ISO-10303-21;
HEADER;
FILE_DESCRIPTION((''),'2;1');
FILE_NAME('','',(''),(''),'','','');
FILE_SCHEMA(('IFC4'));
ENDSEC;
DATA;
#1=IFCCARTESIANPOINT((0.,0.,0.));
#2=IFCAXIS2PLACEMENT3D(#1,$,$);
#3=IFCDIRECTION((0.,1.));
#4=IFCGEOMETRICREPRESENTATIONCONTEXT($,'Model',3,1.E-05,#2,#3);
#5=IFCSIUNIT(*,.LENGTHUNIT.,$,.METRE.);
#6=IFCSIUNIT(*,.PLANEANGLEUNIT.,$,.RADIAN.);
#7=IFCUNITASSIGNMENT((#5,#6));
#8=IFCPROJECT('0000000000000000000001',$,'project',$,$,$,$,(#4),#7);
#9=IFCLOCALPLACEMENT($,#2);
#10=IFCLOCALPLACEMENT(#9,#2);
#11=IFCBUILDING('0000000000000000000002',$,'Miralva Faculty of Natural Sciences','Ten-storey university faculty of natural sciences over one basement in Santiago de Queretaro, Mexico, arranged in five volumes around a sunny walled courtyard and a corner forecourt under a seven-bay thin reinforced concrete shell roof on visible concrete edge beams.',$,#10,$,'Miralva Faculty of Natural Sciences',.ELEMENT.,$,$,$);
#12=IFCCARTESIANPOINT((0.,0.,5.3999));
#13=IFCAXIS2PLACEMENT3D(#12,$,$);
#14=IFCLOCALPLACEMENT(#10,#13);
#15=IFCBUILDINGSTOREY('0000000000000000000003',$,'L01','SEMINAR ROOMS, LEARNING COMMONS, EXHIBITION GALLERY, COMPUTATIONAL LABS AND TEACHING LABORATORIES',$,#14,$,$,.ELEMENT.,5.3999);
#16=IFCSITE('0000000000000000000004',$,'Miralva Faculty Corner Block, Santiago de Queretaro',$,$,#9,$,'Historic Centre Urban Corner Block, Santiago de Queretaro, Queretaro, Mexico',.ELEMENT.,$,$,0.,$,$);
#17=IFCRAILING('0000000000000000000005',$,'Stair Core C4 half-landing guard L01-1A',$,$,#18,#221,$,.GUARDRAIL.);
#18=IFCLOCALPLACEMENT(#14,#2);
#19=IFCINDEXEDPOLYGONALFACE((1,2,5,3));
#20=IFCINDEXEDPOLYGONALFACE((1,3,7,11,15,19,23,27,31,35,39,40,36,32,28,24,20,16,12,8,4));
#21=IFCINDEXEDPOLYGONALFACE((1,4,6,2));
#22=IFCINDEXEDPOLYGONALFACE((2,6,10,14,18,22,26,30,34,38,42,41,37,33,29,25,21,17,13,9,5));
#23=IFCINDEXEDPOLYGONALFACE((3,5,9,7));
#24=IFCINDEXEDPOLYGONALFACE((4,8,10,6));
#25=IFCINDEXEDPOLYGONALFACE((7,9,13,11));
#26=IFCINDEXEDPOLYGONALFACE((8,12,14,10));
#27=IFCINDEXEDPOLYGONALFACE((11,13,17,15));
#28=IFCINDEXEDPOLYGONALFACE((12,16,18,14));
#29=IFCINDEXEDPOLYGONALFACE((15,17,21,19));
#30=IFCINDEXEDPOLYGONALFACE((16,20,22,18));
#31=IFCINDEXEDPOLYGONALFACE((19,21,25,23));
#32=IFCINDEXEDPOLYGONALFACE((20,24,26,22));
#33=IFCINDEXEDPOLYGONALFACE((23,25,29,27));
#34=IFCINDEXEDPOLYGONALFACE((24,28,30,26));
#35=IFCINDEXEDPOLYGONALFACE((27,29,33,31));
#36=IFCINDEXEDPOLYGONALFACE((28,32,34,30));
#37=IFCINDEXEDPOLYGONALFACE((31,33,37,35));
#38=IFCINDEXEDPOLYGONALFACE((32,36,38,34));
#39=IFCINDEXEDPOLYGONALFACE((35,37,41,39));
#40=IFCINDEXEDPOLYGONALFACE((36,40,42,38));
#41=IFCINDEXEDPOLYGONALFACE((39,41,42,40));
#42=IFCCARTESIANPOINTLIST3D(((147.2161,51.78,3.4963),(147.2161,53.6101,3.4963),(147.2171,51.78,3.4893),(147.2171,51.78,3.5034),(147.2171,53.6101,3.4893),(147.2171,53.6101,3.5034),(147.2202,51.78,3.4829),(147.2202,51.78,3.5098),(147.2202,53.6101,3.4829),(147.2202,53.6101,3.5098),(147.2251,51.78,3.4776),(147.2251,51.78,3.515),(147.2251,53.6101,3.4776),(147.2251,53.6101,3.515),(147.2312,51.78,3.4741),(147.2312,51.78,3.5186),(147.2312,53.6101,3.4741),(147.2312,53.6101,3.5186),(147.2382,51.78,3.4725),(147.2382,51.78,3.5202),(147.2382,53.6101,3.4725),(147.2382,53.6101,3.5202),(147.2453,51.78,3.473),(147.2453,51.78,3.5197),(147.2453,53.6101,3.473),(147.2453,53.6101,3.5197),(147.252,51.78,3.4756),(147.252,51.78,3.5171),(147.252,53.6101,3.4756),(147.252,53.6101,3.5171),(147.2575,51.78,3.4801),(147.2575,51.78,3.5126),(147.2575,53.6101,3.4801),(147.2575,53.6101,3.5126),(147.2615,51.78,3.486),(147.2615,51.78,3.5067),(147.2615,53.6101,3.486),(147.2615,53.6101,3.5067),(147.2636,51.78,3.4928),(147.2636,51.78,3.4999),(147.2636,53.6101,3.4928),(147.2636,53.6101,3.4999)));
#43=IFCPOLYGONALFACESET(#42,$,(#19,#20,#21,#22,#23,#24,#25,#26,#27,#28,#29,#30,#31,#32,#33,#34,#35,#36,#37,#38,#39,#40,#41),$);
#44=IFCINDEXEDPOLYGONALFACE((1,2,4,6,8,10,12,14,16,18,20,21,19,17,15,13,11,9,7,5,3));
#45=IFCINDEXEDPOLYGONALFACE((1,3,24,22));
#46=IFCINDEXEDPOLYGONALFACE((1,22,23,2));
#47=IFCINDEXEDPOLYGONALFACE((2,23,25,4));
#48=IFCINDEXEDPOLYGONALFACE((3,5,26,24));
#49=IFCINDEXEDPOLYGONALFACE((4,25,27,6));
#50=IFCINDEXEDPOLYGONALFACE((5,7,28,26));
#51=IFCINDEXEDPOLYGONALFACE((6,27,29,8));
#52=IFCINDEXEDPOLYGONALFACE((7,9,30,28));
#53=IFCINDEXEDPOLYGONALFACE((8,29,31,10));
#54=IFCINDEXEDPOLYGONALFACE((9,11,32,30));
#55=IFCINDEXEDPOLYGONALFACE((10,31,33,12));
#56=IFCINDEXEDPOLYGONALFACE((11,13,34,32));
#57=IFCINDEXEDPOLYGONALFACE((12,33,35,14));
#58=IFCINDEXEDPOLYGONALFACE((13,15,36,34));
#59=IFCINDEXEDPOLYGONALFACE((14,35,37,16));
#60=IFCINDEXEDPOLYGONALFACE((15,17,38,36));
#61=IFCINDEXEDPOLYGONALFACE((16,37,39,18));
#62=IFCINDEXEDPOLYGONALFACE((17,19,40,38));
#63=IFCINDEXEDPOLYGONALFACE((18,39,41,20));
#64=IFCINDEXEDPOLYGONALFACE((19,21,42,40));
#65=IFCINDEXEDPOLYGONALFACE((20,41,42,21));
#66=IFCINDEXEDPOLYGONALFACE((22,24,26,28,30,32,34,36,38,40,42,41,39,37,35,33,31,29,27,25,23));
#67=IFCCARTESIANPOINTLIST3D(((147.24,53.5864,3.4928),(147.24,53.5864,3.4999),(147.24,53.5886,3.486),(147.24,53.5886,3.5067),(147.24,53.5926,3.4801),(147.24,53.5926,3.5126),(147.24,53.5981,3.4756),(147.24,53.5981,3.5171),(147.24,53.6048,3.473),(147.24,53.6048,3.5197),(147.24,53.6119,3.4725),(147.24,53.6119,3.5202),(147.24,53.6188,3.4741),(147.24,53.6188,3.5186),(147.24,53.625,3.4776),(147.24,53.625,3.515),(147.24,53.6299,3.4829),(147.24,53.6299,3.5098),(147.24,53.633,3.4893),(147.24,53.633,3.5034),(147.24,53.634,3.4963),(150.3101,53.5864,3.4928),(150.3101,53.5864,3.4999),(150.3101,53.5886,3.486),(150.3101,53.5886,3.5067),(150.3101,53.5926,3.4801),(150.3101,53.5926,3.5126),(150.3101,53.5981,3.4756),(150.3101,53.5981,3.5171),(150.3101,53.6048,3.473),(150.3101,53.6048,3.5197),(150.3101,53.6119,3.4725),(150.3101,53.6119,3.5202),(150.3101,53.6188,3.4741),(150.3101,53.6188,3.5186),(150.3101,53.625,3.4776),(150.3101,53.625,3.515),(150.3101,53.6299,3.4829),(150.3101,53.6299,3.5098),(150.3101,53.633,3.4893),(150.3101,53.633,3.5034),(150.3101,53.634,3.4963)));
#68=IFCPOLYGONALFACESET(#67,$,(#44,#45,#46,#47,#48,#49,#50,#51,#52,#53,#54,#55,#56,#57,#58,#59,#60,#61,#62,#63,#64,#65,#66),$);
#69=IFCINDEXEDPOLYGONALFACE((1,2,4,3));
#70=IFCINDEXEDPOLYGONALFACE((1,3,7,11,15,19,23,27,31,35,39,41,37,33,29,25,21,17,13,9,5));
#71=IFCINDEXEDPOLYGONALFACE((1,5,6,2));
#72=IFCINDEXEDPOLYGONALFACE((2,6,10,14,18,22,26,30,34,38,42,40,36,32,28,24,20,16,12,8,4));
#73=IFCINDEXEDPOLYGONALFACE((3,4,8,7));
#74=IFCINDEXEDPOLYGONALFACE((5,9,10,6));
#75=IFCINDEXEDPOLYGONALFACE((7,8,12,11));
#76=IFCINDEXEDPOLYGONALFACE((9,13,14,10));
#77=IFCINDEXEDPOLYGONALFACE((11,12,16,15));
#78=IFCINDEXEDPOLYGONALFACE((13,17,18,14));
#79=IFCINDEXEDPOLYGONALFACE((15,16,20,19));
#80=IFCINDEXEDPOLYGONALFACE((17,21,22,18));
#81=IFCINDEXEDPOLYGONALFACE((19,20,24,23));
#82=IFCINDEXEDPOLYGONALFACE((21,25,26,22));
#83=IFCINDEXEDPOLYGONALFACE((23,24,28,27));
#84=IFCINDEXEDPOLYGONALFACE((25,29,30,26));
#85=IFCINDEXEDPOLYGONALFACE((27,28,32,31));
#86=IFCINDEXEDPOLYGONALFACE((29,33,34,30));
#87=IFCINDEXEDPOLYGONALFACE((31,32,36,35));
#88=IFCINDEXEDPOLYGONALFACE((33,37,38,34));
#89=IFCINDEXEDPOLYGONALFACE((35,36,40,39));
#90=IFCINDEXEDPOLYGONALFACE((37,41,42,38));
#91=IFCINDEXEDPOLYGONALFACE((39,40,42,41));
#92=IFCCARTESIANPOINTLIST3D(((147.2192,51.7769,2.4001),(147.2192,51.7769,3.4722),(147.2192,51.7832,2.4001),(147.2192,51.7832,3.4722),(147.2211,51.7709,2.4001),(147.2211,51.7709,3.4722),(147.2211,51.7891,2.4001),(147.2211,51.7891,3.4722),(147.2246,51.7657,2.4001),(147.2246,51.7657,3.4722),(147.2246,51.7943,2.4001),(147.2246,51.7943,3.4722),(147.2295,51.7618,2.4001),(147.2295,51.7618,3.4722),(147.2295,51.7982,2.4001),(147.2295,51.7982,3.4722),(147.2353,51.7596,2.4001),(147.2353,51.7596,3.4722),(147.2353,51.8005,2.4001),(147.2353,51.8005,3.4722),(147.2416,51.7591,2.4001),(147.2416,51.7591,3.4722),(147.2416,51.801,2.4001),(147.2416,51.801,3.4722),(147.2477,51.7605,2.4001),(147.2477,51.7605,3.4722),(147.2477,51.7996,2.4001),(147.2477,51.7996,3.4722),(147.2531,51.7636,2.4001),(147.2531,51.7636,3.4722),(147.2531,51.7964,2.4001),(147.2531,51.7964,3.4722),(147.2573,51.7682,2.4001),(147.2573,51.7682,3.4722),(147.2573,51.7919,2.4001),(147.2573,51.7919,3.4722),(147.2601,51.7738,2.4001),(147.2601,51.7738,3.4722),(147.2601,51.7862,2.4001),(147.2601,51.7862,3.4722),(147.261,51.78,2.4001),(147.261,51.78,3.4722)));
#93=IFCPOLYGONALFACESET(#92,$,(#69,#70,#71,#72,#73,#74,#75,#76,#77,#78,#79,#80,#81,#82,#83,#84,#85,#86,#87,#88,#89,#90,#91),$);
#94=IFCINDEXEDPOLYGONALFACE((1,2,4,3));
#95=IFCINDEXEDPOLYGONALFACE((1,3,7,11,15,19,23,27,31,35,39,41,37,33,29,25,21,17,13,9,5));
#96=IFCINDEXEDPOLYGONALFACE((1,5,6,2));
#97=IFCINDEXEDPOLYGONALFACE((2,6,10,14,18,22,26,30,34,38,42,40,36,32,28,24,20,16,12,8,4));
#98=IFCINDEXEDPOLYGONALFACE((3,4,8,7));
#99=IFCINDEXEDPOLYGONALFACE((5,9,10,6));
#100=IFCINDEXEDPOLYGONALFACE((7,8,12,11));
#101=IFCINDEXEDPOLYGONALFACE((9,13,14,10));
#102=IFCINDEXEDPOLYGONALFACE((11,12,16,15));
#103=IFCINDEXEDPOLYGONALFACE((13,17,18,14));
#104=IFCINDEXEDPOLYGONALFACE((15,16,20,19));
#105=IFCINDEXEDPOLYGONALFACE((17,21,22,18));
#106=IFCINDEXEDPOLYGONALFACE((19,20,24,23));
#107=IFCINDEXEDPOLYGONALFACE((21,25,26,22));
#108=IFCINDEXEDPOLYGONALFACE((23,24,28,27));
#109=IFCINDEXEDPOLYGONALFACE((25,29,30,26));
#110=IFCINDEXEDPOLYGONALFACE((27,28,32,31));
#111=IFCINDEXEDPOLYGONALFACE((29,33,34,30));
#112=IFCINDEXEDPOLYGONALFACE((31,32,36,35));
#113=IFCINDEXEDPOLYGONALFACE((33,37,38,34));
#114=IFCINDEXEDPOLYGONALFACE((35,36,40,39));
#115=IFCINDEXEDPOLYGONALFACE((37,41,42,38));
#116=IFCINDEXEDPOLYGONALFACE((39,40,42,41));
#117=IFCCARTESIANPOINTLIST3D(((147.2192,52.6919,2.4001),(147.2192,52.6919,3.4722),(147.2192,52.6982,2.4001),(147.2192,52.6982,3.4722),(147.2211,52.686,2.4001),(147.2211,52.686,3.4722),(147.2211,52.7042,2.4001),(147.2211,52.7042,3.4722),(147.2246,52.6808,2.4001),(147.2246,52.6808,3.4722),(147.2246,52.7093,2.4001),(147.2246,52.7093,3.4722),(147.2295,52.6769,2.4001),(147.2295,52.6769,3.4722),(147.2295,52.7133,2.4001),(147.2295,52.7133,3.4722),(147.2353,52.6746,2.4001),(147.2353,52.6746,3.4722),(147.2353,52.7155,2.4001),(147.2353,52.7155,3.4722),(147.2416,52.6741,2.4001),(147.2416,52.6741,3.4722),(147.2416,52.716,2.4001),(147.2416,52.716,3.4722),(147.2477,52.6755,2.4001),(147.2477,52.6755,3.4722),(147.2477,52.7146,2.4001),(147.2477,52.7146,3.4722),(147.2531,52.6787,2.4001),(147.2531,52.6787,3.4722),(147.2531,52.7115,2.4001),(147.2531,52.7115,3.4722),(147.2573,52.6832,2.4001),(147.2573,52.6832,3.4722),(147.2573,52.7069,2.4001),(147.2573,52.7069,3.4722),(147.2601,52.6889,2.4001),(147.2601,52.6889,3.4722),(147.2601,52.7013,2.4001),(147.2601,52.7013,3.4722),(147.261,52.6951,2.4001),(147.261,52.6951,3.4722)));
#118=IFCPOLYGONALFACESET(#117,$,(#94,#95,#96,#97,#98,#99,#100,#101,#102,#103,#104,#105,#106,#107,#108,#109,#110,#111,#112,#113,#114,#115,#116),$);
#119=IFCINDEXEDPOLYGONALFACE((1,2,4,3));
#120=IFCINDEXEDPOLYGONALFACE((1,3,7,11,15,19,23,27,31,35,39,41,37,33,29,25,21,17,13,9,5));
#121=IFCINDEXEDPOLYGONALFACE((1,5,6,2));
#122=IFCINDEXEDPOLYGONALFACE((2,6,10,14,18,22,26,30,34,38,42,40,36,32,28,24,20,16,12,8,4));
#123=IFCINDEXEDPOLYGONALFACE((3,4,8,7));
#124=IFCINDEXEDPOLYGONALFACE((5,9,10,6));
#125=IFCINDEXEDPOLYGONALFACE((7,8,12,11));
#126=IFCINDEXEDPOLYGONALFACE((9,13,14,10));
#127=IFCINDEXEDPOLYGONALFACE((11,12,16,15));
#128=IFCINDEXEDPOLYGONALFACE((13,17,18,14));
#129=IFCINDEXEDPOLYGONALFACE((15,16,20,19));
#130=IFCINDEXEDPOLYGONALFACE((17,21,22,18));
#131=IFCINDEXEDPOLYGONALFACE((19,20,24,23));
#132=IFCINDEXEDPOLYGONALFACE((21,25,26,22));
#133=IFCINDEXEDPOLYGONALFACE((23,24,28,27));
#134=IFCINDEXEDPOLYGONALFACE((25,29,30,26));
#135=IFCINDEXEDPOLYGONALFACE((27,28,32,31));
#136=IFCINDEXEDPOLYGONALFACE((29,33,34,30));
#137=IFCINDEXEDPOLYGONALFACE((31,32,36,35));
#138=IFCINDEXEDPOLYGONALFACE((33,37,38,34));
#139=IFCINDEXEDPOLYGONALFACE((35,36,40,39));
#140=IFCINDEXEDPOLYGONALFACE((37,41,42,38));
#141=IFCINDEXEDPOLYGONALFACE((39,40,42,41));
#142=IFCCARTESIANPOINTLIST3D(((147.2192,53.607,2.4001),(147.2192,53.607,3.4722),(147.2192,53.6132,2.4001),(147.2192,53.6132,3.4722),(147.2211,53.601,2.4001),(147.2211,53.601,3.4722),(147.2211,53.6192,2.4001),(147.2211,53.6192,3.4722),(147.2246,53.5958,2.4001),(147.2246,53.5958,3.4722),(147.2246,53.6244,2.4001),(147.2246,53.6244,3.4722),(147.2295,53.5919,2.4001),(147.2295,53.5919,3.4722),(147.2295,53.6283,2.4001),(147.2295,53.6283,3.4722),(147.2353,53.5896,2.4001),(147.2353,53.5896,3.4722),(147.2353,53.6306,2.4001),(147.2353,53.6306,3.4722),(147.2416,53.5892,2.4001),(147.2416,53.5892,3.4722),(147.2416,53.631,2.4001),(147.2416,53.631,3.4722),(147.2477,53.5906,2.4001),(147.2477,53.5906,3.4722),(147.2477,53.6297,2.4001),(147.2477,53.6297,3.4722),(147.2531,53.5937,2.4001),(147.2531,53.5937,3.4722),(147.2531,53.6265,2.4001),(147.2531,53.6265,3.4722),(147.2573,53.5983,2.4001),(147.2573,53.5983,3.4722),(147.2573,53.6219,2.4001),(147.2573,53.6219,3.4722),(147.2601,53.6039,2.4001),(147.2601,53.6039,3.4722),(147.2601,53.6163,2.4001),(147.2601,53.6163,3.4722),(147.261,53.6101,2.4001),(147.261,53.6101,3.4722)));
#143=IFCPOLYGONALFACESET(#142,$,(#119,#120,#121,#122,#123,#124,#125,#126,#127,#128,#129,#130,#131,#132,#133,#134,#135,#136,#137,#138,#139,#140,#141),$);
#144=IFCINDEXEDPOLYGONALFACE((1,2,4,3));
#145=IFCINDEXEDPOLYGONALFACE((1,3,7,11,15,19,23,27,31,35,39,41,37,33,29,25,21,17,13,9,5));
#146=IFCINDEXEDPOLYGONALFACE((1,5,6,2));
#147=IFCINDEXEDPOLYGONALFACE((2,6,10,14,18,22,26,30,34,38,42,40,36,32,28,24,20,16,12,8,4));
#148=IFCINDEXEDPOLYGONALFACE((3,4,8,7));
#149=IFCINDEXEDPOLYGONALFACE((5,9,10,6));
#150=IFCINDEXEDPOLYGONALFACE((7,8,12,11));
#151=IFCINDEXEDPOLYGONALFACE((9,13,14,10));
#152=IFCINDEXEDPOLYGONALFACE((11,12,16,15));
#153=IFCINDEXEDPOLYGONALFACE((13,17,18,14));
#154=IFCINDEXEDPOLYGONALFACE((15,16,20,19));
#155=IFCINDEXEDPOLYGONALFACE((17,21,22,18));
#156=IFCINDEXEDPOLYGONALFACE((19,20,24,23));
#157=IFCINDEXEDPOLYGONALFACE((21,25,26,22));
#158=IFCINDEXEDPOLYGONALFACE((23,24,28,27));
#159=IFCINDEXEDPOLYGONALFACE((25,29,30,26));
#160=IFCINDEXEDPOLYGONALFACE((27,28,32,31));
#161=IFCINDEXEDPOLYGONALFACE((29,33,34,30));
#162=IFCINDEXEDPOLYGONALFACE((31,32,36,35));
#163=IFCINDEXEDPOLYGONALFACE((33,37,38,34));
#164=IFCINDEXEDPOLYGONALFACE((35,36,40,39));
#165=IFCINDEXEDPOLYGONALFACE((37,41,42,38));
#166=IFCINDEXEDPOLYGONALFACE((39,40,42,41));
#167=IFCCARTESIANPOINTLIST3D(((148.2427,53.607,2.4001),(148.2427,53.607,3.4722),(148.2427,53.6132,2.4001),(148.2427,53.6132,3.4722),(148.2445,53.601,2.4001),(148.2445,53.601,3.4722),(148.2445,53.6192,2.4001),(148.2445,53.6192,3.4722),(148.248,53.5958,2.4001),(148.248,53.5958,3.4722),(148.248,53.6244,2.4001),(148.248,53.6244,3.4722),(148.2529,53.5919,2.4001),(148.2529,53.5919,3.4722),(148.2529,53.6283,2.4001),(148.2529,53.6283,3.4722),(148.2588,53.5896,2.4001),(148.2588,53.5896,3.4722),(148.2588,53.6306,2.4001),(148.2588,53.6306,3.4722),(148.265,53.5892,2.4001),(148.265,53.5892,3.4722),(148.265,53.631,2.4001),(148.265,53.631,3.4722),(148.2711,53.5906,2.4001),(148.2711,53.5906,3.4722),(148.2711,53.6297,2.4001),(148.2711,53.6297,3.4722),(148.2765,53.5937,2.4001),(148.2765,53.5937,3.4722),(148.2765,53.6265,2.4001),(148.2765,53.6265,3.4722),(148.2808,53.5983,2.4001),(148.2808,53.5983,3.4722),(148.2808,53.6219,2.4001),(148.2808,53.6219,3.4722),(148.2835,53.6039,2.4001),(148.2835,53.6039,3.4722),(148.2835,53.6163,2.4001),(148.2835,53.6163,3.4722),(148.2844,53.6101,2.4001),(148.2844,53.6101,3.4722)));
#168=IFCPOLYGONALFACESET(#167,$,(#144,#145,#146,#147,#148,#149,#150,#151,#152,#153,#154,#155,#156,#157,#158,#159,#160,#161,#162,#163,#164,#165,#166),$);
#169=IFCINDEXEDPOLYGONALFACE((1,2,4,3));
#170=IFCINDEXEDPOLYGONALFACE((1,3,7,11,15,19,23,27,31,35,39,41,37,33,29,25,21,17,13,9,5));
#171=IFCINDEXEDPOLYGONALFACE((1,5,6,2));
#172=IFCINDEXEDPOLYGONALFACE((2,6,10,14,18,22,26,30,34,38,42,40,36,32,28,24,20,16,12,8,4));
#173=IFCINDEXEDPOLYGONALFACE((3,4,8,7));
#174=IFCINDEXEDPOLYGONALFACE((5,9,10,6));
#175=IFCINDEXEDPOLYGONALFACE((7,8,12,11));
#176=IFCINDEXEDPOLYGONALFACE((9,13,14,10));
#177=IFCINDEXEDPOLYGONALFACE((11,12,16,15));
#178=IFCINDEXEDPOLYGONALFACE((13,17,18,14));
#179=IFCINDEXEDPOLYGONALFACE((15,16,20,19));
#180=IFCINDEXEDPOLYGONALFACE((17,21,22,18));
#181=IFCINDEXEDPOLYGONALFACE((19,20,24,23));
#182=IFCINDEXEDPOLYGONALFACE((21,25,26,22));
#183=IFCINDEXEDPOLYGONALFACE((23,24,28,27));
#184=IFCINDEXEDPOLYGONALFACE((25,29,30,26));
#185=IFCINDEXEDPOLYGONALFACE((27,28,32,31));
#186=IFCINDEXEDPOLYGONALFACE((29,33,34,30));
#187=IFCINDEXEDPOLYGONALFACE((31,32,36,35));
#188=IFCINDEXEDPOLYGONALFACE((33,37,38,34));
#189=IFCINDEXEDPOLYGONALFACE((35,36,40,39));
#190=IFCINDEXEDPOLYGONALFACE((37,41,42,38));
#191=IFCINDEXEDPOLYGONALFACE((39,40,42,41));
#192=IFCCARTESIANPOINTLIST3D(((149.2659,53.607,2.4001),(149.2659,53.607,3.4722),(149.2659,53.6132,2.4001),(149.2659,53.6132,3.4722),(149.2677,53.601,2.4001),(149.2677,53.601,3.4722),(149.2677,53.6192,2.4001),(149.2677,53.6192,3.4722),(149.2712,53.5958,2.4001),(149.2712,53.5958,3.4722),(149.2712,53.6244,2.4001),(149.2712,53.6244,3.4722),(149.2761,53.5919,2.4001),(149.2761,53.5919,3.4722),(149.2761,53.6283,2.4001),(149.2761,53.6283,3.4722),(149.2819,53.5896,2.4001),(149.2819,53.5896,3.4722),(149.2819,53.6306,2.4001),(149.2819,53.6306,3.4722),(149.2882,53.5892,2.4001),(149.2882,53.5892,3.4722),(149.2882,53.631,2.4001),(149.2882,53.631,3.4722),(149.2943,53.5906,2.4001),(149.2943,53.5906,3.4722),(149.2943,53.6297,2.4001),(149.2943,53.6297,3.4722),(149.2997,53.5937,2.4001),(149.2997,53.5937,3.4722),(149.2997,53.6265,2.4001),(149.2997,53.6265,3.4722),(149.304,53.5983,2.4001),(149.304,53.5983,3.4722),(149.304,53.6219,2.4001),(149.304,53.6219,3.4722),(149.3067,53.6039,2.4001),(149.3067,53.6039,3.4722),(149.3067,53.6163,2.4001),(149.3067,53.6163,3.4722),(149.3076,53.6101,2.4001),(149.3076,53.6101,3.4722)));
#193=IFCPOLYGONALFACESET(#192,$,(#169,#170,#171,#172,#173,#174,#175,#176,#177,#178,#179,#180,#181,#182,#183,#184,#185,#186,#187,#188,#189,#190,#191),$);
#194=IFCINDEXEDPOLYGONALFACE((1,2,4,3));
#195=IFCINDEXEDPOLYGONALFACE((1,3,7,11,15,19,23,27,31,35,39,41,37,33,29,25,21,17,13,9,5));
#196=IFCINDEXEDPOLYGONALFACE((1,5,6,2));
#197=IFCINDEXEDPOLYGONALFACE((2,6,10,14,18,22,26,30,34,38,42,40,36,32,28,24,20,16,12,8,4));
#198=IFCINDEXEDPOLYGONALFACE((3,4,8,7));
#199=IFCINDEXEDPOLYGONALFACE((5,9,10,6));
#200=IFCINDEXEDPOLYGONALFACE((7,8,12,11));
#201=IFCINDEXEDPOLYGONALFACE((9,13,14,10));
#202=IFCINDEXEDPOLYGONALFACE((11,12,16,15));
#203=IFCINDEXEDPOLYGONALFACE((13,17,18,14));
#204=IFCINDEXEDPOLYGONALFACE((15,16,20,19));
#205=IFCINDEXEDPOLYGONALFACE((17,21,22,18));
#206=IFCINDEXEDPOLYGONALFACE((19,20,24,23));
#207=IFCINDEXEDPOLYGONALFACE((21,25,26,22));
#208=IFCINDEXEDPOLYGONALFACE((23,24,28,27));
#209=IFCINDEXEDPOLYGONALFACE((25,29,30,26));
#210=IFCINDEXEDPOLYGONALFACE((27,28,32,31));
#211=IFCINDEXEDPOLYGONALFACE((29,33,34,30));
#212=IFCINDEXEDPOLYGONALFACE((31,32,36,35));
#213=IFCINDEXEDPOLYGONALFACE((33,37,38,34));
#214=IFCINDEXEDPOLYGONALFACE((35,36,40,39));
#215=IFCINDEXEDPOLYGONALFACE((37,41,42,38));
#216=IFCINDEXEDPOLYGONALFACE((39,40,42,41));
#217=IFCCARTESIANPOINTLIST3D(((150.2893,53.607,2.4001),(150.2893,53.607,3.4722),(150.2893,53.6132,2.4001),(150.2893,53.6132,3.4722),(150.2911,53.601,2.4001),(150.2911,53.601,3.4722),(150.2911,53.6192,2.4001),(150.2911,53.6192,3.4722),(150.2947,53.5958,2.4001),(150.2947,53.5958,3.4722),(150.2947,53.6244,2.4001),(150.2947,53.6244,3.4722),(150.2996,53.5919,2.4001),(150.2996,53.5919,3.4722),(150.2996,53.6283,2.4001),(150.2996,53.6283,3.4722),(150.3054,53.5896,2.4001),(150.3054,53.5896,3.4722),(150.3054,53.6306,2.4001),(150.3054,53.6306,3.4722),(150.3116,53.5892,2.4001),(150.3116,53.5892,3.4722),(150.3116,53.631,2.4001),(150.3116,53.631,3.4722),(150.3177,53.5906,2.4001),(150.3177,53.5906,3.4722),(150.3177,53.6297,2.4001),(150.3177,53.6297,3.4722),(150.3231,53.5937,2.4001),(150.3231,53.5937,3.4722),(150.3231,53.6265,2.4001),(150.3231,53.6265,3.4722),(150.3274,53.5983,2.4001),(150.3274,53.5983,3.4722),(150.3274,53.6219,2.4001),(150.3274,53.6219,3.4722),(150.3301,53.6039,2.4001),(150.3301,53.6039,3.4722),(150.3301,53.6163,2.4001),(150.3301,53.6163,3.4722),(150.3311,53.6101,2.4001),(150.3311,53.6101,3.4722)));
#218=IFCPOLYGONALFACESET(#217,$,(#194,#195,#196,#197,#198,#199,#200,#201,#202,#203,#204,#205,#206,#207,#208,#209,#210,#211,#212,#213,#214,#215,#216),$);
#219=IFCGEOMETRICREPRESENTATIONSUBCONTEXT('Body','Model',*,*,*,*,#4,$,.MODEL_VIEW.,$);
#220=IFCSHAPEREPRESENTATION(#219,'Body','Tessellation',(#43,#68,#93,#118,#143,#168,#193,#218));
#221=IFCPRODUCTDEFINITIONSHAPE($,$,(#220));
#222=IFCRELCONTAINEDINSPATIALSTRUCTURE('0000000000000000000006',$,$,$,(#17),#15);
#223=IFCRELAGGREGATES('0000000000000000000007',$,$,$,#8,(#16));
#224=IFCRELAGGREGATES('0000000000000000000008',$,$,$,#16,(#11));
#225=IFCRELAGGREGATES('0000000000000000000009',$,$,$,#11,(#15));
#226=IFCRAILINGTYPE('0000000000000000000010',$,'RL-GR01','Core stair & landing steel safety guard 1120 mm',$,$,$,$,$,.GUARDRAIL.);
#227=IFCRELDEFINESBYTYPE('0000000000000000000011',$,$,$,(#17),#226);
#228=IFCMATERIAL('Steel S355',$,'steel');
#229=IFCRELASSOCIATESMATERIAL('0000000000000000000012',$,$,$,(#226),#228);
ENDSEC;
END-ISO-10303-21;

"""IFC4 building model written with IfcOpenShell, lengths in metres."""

from ifc_helpers import new_model, si_unit, direction, frame, origin, origin_2d, place, context, subcontext, project, spatial, circle, extrude, material, type_object, element, save


model = new_model("IFC4")

# Units and contexts
model_context = context("Model", 3, precision=1e-05, world=origin(), true_north=direction((0.0, 1.0)))
body_context = subcontext(model_context, "Body", "Model", "MODEL_VIEW")
ifc_project = project(units=[si_unit("LENGTHUNIT", "METRE"), si_unit("PLANEANGLEUNIT", "RADIAN")], contexts=[model_context])

# Site, building, storey
site_placement = place(None, origin())
site = spatial("IfcSite", under=ifc_project, at=site_placement, Name="Miralva Faculty Corner Block, Santiago de Queretaro", LongName="Historic Centre Urban Corner Block, Santiago de Queretaro, Queretaro, Mexico", CompositionType="ELEMENT", RefElevation=0.0)
building_placement = place(site_placement, origin())
building = spatial("IfcBuilding", under=site, at=building_placement, Name="Miralva Faculty of Natural Sciences", Description="Ten-storey university faculty of natural sciences over one basement in Santiago de Queretaro, Mexico, arranged in five volumes around a sunny walled courtyard and a corner forecourt under a seven-bay thin reinforced concrete shell roof on visible concrete edge beams.", LongName="Miralva Faculty of Natural Sciences", CompositionType="ELEMENT")
storey_placement = place(building_placement, frame((0.0, 0.0, 5.3999)))
storey = spatial("IfcBuildingStorey", under=building, at=storey_placement, Name="L01", Description="SEMINAR ROOMS, LEARNING COMMONS, EXHIBITION GALLERY, COMPUTATIONAL LABS AND TEACHING LABORATORIES", CompositionType="ELEMENT", Elevation=5.3999)

# Railing
ifc_material_1 = material(Name="Steel S355", Category="steel")
railing_type_1 = type_object("IfcRailingType", Name="RL-GR01", Description="Core stair & landing steel safety guard 1120 mm", PredefinedType="GUARDRAIL", material=ifc_material_1)
railing_1_placement = place(storey_placement, frame((147.24, 51.78, 2.4001)))
element("IfcRailing", 1, at=railing_1_placement, inside=storey, type_object=railing_type_1, Name="Stair Core C4 half-landing guard L01-1A", PredefinedType="GUARDRAIL", context=body_context, shape_type="SweptSolid", body=[
    extrude(circle(Radius=0.0239, at=origin_2d()), frame((0.0, 0.0, 1.0962), z_axis=(0.0, 1.0, 0.0), x_axis=(-1.0, 0.0, 0.0)), (0.0, 0.0, 1.0), 1.8301),
    extrude(circle(Radius=0.0239, at=origin_2d()), frame((0.0, 1.8301, 1.0962), z_axis=(1.0, 0.0, 0.0), x_axis=(0.0, 1.0, 0.0)), (0.0, 0.0, 1.0), 3.0701),
    extrude(circle(Radius=0.021, at=origin_2d()), origin(), (0.0, 0.0, 1.0), 1.072),
    extrude(circle(Radius=0.021, at=origin_2d()), frame((0.0, 0.915, 0.0)), (0.0, 0.0, 1.0), 1.072),
    extrude(circle(Radius=0.021, at=origin_2d()), frame((0.0, 1.8301, 0.0)), (0.0, 0.0, 1.0), 1.072),
    extrude(circle(Radius=0.021, at=origin_2d()), frame((1.0234, 1.8301, 0.0)), (0.0, 0.0, 1.0), 1.072),
    extrude(circle(Radius=0.021, at=origin_2d()), frame((2.0466, 1.8301, 0.0)), (0.0, 0.0, 1.0), 1.072),
    extrude(circle(Radius=0.021, at=origin_2d()), frame((3.0701, 1.8301, 0.0)), (0.0, 0.0, 1.0), 1.072),
])

save(model, "model.ifc")
